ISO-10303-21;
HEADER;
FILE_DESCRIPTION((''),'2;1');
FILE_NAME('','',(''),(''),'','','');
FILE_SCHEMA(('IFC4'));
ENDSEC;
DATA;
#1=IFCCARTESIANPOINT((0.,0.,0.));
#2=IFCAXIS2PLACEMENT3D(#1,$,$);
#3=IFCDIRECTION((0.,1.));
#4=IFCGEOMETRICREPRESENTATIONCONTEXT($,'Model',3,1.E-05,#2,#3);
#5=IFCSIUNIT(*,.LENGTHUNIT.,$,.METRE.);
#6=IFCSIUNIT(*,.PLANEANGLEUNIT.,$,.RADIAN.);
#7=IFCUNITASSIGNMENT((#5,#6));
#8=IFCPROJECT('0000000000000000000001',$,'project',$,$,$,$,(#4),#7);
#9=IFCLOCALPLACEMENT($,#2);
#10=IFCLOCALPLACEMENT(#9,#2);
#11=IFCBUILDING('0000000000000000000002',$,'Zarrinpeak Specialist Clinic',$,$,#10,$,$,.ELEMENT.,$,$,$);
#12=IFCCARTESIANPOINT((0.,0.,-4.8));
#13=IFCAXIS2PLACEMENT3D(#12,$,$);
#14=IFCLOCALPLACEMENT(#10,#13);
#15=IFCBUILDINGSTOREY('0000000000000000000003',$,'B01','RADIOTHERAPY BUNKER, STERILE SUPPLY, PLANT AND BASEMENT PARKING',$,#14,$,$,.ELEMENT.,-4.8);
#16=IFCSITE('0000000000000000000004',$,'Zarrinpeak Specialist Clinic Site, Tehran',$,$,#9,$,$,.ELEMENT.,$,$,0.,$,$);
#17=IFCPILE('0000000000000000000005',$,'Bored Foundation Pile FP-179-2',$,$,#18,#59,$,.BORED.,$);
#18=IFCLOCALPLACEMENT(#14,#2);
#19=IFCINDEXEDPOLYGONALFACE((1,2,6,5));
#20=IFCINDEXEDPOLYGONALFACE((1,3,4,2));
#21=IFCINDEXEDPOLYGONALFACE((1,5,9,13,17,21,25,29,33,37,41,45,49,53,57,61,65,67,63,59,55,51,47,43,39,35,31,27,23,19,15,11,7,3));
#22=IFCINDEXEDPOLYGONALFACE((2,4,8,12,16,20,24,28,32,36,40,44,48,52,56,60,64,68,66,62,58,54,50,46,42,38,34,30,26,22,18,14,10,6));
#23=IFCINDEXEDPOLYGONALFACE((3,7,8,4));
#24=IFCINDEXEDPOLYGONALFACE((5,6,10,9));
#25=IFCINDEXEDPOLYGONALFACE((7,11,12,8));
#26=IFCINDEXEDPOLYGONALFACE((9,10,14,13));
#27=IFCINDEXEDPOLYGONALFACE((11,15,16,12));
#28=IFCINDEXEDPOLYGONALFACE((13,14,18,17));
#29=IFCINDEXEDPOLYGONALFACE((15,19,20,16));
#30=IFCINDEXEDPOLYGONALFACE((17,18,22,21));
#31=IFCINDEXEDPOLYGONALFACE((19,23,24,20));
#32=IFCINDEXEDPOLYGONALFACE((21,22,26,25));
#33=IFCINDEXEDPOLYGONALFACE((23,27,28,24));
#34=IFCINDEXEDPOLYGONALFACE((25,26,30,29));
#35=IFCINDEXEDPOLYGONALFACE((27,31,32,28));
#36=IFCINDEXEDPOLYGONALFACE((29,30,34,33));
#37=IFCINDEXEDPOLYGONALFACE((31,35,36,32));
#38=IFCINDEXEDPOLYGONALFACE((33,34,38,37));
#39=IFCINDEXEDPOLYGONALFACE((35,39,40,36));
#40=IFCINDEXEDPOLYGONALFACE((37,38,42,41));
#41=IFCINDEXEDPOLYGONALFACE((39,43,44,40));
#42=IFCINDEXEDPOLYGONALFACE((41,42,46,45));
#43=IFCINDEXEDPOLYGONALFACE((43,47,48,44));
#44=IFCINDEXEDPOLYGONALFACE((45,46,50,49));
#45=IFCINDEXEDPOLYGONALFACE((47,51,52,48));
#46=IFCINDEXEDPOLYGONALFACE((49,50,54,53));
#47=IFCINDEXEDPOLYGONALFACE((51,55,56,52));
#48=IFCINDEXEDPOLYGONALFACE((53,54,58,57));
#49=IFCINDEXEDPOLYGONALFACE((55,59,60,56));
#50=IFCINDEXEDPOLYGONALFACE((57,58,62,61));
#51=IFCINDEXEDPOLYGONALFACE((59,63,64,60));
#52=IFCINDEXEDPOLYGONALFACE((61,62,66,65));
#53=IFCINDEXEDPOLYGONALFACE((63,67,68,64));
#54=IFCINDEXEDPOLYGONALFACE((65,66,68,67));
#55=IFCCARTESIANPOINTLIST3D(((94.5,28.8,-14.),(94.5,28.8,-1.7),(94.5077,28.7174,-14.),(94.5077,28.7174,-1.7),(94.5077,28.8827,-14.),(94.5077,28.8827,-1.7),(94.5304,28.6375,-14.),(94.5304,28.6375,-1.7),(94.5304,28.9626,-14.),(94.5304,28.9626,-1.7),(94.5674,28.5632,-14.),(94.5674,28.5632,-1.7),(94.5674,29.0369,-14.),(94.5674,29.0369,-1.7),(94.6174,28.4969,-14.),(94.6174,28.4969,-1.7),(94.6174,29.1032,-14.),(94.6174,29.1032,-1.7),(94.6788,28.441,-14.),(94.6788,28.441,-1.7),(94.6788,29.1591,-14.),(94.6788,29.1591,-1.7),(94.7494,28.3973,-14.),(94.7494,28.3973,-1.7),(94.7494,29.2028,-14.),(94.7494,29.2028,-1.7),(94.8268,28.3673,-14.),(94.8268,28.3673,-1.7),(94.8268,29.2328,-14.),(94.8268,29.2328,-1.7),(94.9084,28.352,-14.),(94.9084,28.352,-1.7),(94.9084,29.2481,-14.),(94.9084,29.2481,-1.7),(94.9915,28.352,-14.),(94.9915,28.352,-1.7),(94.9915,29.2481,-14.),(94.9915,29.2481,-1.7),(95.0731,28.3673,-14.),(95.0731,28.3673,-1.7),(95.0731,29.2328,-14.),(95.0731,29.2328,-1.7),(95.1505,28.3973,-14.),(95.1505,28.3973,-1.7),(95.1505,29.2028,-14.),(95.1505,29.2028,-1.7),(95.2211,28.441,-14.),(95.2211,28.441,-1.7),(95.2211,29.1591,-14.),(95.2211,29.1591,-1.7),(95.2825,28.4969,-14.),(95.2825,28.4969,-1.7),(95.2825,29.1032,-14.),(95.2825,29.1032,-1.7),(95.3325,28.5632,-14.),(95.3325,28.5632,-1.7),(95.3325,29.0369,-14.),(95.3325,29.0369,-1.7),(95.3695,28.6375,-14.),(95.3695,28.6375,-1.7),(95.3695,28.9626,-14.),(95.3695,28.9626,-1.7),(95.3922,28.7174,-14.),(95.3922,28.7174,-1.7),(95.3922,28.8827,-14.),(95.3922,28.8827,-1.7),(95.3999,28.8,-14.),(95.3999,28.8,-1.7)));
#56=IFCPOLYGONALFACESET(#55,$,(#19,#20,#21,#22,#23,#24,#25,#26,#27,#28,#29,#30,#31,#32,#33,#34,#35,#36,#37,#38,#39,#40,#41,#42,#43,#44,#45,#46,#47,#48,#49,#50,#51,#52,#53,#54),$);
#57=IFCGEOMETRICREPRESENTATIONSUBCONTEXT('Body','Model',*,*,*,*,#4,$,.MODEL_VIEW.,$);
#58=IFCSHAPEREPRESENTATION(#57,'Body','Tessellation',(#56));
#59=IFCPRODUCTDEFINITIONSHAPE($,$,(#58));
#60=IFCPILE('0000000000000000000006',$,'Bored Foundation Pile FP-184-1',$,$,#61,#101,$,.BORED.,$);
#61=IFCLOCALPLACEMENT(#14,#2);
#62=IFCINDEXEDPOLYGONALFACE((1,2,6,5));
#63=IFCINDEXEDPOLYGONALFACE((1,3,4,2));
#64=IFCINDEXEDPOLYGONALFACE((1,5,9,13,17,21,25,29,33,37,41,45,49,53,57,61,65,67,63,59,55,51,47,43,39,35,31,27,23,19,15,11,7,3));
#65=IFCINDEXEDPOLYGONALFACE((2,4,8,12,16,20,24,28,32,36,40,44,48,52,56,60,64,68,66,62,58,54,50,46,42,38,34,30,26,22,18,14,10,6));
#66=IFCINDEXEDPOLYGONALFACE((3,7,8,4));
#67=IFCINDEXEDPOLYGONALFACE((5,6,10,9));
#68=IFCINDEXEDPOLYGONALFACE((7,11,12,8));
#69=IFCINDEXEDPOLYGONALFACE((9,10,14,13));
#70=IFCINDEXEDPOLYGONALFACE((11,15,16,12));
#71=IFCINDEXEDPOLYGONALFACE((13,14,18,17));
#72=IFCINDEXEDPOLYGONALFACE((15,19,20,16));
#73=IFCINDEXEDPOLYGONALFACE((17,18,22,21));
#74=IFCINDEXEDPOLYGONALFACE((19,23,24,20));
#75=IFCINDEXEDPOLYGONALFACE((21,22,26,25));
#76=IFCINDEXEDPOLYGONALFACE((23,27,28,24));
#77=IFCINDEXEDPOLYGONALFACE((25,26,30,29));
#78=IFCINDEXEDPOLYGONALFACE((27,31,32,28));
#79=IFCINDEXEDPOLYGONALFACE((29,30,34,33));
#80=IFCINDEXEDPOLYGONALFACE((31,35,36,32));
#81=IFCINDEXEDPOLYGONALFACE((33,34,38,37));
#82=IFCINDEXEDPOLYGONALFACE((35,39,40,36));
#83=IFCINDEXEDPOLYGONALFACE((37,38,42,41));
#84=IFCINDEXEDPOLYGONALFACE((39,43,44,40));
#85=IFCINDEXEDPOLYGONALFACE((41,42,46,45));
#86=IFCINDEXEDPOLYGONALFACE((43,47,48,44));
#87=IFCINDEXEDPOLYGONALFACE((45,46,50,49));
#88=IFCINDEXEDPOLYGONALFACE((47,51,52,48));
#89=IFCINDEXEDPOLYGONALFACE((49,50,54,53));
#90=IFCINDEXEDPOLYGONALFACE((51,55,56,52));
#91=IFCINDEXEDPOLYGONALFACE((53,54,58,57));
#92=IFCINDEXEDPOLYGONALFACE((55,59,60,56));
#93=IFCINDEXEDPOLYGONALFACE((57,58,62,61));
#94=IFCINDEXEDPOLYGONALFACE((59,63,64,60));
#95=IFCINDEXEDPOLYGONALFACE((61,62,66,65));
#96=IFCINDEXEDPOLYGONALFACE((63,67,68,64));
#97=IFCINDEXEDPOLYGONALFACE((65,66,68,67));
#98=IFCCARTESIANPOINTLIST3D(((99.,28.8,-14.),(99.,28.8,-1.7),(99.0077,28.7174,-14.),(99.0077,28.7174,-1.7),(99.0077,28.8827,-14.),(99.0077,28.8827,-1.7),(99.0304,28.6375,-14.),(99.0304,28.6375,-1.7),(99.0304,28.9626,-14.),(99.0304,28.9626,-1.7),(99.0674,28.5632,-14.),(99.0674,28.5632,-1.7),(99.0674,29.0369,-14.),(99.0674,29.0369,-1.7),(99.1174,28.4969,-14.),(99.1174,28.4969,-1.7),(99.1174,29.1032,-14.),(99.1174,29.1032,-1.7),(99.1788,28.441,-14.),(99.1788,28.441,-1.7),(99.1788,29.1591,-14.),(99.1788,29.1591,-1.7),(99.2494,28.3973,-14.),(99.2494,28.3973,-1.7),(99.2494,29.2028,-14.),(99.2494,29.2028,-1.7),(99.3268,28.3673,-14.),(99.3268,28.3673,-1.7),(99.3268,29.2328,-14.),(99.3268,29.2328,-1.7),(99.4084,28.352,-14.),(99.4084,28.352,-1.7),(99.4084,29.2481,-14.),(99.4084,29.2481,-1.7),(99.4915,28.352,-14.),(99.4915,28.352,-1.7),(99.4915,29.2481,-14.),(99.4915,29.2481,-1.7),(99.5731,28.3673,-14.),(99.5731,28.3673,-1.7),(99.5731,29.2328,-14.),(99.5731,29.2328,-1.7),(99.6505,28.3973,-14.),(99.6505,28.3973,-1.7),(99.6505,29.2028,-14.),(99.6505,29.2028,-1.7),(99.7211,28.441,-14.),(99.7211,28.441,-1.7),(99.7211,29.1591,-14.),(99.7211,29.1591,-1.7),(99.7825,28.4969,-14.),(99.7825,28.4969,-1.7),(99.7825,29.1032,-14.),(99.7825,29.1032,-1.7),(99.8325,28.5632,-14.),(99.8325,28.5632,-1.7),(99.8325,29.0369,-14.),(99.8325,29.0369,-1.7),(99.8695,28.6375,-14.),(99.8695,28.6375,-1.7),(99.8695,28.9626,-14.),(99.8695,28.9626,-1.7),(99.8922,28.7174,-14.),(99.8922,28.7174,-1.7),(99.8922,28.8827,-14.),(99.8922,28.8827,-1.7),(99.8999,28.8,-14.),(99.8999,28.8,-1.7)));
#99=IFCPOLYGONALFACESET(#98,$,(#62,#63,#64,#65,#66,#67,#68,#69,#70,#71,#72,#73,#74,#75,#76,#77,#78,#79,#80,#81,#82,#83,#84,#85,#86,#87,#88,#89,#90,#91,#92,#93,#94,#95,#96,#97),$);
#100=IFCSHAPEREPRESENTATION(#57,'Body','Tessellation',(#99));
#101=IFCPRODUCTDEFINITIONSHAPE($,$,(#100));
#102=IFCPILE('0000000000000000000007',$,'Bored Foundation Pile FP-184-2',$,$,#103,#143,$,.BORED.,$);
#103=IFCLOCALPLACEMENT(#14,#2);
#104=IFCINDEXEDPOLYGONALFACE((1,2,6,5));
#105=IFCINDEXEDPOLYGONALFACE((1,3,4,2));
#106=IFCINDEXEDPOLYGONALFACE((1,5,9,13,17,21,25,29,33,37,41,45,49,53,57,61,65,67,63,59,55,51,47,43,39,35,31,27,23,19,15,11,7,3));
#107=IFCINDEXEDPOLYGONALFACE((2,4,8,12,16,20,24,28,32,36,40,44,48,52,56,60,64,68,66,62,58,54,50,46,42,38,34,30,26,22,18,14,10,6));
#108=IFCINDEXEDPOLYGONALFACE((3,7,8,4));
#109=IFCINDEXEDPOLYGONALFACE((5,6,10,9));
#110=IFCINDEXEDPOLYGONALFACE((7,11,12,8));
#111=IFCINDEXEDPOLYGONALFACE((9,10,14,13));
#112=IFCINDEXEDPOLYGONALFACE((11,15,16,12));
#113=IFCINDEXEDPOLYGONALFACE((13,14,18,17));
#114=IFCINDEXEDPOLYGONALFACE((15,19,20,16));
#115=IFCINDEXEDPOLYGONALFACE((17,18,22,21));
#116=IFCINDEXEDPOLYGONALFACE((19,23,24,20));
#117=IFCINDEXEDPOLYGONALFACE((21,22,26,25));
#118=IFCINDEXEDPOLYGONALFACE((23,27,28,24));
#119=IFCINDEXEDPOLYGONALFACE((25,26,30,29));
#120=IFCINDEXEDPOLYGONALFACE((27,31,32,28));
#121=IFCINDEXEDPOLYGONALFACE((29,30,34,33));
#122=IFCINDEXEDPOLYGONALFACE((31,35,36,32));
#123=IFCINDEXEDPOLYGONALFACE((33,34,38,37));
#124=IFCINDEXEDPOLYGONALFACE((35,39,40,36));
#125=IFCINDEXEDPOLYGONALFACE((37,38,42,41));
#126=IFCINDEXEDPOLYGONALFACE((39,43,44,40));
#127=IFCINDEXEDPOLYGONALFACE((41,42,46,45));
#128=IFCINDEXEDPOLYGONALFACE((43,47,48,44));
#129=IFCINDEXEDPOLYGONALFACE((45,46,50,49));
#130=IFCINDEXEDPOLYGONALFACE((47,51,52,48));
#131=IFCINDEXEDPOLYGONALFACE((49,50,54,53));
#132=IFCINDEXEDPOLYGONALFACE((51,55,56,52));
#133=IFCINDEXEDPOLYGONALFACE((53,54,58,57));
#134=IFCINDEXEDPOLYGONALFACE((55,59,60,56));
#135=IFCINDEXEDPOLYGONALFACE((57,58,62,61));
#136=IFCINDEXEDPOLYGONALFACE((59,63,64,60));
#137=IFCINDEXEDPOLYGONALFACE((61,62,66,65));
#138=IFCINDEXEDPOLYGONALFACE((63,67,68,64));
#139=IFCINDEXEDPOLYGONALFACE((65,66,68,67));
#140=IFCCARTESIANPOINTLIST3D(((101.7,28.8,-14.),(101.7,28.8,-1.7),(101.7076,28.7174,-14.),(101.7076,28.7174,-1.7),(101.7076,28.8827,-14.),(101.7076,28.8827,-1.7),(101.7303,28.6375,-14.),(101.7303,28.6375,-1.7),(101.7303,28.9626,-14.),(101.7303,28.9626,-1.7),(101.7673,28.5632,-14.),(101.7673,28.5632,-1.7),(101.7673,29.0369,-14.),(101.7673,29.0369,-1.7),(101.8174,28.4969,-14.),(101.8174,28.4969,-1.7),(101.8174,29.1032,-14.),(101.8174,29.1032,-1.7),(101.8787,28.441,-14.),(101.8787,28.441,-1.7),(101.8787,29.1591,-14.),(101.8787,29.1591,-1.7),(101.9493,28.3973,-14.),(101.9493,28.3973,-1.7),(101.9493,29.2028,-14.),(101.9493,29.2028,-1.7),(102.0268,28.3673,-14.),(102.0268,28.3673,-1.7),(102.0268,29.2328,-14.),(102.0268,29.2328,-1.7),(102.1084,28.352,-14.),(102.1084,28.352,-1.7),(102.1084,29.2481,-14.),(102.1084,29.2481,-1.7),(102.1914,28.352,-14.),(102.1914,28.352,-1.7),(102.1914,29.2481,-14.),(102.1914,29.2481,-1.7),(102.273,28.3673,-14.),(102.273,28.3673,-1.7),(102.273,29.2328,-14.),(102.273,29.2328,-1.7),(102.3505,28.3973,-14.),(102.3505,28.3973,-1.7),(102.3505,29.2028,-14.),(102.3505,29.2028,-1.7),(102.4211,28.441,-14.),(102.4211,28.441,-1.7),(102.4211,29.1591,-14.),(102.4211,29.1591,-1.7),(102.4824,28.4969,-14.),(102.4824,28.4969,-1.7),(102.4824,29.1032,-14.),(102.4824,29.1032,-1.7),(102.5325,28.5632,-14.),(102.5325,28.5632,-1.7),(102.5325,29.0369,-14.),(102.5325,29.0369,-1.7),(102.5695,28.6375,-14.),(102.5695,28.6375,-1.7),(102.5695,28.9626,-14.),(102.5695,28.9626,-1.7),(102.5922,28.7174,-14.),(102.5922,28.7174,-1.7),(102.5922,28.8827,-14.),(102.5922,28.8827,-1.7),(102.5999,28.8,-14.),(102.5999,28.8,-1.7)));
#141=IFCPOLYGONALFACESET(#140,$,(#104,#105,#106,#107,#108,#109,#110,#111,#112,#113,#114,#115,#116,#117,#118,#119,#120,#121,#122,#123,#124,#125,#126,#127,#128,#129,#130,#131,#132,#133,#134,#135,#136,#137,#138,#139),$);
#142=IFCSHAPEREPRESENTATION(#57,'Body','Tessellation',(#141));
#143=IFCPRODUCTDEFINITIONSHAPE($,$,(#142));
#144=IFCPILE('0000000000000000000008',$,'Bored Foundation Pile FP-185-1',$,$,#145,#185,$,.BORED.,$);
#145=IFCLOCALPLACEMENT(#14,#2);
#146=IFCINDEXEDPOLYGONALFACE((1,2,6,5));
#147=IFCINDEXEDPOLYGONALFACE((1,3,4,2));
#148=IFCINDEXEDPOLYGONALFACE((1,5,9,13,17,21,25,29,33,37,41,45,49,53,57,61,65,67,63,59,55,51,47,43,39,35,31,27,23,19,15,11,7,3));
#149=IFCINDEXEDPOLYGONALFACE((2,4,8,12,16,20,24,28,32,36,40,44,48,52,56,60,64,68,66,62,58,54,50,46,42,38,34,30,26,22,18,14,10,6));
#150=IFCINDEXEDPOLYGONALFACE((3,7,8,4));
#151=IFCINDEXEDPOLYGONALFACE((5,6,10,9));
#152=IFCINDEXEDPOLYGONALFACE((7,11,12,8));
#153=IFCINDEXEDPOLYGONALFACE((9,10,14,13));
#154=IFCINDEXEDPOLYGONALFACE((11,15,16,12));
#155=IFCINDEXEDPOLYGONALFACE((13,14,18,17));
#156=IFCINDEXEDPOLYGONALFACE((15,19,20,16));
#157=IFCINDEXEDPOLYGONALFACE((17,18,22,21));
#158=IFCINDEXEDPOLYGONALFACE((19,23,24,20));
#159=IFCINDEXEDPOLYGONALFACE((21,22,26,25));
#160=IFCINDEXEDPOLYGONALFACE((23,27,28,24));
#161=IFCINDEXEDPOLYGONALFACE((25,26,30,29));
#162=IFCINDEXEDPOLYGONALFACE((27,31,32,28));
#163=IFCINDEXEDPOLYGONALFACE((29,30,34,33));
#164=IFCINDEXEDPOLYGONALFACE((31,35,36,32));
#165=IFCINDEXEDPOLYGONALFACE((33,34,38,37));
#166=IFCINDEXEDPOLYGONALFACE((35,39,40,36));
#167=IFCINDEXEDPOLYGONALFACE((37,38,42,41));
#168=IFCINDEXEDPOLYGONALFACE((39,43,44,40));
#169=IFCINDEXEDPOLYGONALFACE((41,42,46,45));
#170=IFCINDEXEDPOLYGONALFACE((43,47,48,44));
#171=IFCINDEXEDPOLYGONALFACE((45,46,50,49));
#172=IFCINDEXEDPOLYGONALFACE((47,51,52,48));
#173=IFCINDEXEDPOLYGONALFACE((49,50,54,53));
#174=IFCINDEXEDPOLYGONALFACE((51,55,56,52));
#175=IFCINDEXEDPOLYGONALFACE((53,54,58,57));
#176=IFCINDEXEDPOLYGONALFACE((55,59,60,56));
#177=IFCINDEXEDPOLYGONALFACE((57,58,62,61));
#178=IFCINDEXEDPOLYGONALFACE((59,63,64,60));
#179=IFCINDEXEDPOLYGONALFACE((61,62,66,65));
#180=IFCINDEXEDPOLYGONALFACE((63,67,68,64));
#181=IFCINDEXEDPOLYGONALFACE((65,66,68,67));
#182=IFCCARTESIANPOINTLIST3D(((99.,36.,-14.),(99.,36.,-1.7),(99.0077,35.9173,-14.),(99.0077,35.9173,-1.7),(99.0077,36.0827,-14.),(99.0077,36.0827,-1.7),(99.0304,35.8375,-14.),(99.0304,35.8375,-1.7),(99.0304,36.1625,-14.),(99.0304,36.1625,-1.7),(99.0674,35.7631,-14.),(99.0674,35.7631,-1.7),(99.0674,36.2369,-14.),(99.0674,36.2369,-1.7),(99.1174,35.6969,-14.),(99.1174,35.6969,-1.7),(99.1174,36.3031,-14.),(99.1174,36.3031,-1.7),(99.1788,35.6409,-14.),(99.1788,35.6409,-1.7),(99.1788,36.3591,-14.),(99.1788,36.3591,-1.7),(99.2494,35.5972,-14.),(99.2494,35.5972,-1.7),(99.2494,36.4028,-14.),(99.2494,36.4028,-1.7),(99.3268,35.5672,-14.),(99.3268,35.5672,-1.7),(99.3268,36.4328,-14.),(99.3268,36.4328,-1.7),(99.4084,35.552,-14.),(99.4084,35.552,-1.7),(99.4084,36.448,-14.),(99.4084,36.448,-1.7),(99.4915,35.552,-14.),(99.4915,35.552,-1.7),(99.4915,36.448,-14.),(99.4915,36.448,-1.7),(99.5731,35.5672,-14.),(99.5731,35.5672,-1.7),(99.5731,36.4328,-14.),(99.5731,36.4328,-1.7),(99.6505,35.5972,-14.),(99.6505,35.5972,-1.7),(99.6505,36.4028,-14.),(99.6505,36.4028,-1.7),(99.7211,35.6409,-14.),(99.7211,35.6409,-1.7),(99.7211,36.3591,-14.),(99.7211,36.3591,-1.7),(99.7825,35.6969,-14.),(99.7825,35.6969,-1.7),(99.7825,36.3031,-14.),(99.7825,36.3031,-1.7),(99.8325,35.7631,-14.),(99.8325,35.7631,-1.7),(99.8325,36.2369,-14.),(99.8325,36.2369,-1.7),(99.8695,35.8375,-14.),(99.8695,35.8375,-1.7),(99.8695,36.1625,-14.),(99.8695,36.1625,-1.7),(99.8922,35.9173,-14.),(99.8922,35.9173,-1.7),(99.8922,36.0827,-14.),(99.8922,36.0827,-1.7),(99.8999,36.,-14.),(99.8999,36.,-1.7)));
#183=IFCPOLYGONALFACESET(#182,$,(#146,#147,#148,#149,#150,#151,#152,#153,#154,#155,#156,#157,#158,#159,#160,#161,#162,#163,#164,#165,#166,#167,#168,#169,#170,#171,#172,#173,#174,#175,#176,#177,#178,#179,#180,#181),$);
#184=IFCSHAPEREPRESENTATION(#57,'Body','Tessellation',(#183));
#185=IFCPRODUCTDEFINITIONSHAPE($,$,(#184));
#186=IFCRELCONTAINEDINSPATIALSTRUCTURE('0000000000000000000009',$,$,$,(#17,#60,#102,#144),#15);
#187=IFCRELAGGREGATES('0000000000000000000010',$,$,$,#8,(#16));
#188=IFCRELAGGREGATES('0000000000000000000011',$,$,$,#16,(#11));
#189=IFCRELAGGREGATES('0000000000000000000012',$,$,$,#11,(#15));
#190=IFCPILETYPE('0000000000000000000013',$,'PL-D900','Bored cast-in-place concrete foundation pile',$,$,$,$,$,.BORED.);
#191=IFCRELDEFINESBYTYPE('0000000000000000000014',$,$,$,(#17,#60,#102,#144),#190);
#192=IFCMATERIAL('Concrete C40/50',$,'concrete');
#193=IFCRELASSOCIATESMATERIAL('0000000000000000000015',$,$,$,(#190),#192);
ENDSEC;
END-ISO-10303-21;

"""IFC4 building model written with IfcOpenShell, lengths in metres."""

from ifc_helpers import new_model, si_unit, direction, frame, origin, origin_2d, place, context, subcontext, project, spatial, circle, extrude, material, material_profile, profile_set, type_object, element, save


model = new_model("IFC4")

# Units and contexts
model_context = context("Model", 3, precision=1e-05, world=origin(), true_north=direction((0.0, 1.0)))
body_context = subcontext(model_context, "Body", "Model", "MODEL_VIEW")
ifc_project = project(units=[si_unit("LENGTHUNIT", "METRE"), si_unit("PLANEANGLEUNIT", "RADIAN")], contexts=[model_context])

# Site, building, storey
site_placement = place(None, origin())
site = spatial("IfcSite", under=ifc_project, at=site_placement, Name="Zarrinpeak Specialist Clinic Site, Tehran", CompositionType="ELEMENT", RefElevation=0.0)
building_placement = place(site_placement, origin())
building = spatial("IfcBuilding", under=site, at=building_placement, Name="Zarrinpeak Specialist Clinic", CompositionType="ELEMENT")
storey_placement = place(building_placement, frame((0.0, 0.0, -4.8)))
storey = spatial("IfcBuildingStorey", under=building, at=storey_placement, Name="B01", Description="RADIOTHERAPY BUNKER, STERILE SUPPLY, PLANT AND BASEMENT PARKING", CompositionType="ELEMENT", Elevation=-4.8)

# Shared definitions
ifc_material_1 = material(Name="Concrete C40/50", Category="concrete")

# Piles
ifc_material_profile_1 = material_profile(ifc_material_1, circle(Radius=0.45, at=origin_2d()), Name="BORED PILE D900")
ifc_profile_set_1 = profile_set([ifc_material_profile_1], Name="Concrete C40/50")
pile_type_1 = type_object("IfcPileType", Name="PL-D900", Description="Bored cast-in-place concrete foundation pile", PredefinedType="BORED", material=ifc_profile_set_1)
for number, where, z_axis, x_axis, name in (
    (1, (94.95, 28.8, -1.7), (0.0, 0.0, -1.0), (1.0, 0.0, 0.0), "Bored Foundation Pile FP-179-2"),
    (2, (99.45, 28.8, -1.7), (0.0, 0.0, -1.0), (1.0, 0.0, 0.0), "Bored Foundation Pile FP-184-1"),
    (3, (102.1499, 28.8, -1.7), (0.0, 0.0, -1.0), (1.0, 0.0, 0.0), "Bored Foundation Pile FP-184-2"),
    (4, (99.45, 36.0, -1.7), (0.0, 0.0, -1.0), (1.0, 0.0, 0.0), "Bored Foundation Pile FP-185-1"),
):
    element("IfcPile", number, at=place(storey_placement, frame(where, z_axis=z_axis, x_axis=x_axis)), inside=storey, type_object=pile_type_1, Name=name, PredefinedType="BORED", context=body_context, shape_type="SweptSolid", body=[
        extrude(circle(Radius=0.45, at=origin_2d()), origin(), (0.0, 0.0, 1.0), 12.3),
    ])

save(model, "model.ifc")
